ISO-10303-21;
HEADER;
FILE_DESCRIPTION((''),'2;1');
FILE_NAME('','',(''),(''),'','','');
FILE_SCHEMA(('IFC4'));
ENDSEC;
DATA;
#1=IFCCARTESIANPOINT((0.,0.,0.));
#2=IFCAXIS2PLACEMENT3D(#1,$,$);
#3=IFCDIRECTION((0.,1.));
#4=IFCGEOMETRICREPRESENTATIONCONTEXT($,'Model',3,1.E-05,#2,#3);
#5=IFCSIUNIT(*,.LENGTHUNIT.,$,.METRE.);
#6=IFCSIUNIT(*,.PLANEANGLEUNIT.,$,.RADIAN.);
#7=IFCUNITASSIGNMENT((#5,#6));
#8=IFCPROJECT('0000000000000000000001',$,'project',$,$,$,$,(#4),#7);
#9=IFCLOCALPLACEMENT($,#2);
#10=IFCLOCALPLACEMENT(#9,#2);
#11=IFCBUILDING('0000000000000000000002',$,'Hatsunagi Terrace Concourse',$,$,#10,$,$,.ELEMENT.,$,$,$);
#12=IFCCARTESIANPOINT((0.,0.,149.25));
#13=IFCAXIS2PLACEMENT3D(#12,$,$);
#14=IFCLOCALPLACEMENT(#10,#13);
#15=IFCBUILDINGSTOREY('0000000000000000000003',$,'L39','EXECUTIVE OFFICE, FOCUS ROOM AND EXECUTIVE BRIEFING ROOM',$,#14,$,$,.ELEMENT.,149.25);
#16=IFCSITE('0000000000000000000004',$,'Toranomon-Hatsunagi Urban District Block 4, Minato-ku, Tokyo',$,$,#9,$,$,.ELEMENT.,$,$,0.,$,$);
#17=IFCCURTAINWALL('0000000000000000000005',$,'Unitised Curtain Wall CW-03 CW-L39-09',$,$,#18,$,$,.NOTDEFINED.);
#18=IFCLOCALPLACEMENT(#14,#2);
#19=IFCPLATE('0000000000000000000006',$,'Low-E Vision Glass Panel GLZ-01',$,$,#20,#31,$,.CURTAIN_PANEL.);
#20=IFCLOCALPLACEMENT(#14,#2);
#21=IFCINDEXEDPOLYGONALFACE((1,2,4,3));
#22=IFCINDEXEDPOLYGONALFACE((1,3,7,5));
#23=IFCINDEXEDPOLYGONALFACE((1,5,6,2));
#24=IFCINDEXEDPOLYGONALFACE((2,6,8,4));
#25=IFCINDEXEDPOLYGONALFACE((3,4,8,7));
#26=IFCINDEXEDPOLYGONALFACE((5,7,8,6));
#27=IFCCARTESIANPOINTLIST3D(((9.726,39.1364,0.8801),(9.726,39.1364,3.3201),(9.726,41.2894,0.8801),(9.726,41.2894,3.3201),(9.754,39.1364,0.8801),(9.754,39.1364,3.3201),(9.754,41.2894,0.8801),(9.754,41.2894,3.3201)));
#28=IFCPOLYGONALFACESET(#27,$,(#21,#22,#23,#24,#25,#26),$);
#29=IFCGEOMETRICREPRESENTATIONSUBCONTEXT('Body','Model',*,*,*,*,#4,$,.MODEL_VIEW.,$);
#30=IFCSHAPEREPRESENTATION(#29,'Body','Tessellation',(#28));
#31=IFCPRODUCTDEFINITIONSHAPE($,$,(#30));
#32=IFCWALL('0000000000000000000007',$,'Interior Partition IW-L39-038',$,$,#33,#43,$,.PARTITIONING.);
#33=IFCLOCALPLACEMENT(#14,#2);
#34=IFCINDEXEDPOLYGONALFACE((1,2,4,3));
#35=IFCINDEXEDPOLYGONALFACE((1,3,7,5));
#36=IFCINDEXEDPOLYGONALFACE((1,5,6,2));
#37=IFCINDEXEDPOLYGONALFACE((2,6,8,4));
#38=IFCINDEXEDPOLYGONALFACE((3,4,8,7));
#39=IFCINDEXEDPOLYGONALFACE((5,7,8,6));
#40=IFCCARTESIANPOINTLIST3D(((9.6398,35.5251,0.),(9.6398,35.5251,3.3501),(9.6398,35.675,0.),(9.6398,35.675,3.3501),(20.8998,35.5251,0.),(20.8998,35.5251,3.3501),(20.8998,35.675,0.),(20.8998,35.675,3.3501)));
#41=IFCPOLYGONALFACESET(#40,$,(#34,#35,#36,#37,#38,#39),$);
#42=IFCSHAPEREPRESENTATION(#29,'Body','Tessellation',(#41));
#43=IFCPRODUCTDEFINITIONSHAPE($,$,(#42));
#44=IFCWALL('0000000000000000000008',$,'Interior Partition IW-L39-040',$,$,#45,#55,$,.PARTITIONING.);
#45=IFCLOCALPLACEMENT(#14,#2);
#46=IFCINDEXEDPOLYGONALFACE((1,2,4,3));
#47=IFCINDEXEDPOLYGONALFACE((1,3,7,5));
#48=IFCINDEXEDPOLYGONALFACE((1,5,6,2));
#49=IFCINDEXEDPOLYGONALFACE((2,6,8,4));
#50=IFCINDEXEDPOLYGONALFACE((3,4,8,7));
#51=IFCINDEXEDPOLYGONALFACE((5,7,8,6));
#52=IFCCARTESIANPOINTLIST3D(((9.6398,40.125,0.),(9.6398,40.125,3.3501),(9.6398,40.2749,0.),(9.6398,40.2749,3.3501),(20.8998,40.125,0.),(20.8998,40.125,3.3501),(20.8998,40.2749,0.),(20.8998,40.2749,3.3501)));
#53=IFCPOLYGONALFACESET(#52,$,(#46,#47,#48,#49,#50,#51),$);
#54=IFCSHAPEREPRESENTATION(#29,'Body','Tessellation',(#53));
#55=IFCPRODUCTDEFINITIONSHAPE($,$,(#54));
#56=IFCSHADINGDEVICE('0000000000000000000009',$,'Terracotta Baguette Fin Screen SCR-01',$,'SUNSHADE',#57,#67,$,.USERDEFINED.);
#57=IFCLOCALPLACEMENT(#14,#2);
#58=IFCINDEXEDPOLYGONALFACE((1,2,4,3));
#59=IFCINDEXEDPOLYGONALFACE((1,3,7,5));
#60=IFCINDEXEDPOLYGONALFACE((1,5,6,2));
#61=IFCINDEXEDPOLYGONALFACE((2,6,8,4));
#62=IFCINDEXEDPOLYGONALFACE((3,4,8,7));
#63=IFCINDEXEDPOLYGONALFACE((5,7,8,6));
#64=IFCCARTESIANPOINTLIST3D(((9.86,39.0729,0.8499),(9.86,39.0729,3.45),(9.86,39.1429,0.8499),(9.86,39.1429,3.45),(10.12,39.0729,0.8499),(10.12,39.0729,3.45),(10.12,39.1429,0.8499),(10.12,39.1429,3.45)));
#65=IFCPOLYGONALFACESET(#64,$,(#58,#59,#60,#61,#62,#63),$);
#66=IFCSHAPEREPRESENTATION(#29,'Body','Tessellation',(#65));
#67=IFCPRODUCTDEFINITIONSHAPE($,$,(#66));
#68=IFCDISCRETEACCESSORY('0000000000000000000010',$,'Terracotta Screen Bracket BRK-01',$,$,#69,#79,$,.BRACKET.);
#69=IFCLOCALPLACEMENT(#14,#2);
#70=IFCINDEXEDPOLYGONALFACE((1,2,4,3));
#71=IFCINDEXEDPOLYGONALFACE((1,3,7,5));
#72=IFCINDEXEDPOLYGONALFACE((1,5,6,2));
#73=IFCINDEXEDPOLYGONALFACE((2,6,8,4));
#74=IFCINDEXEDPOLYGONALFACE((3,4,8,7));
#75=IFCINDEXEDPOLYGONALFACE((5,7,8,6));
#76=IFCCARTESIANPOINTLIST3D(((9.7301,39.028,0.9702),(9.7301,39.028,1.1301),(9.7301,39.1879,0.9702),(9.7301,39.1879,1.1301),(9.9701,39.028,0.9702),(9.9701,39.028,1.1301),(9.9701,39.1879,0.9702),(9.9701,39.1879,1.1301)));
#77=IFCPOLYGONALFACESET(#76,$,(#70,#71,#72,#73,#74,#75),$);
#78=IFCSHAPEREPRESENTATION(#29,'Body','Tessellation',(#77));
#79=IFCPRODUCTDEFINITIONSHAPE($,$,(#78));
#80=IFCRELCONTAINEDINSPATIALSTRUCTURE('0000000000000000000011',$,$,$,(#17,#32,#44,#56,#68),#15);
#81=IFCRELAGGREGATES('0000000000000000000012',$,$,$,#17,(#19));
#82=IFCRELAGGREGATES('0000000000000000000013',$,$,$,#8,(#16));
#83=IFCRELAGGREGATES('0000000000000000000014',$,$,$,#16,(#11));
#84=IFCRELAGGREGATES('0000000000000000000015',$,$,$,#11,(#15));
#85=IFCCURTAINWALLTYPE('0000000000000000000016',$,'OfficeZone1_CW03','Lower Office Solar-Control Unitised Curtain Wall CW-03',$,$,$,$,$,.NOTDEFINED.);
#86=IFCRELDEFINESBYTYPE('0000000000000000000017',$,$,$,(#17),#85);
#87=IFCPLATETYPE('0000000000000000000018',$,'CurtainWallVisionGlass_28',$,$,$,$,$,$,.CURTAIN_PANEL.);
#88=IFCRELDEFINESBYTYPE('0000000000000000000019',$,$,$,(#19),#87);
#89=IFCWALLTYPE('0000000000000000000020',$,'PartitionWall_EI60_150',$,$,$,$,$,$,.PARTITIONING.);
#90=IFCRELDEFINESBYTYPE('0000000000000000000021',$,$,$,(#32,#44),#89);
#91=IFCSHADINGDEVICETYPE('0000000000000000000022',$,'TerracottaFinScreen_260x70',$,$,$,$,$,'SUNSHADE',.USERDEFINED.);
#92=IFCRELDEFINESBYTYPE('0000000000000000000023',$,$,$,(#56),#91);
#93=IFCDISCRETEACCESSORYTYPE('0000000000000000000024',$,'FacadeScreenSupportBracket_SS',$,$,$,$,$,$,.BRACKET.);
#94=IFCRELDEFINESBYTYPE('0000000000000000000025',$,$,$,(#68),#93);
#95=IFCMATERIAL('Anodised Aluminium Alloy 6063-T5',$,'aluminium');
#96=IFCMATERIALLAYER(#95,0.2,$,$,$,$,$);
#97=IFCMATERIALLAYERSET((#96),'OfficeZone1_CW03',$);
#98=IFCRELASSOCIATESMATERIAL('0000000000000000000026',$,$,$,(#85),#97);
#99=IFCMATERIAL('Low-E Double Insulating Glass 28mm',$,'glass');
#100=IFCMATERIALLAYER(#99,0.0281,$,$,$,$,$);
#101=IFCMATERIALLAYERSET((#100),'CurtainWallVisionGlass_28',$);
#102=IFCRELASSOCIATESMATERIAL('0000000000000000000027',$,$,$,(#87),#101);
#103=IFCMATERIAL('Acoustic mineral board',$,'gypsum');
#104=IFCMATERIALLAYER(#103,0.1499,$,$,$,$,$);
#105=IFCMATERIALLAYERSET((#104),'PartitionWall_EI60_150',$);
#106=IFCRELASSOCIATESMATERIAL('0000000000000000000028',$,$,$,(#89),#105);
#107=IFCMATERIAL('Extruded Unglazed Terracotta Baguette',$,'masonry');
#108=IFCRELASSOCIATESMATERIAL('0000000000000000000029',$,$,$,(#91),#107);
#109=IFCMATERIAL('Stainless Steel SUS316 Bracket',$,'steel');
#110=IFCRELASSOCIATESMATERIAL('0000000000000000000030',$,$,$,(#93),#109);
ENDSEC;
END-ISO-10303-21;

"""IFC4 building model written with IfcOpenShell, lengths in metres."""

from ifc_helpers import new_model, si_unit, direction, frame, frame_2d, origin, origin_2d, place, context, subcontext, project, spatial, rectangle, extrude, material, layer, layer_set, type_object, element, aggregate, save


model = new_model("IFC4")

# Units and contexts
model_context = context("Model", 3, precision=1e-05, world=origin(), true_north=direction((0.0, 1.0)))
body_context = subcontext(model_context, "Body", "Model", "MODEL_VIEW")
ifc_project = project(units=[si_unit("LENGTHUNIT", "METRE"), si_unit("PLANEANGLEUNIT", "RADIAN")], contexts=[model_context])

# Site, building, storey
site_placement = place(None, origin())
site = spatial("IfcSite", under=ifc_project, at=site_placement, Name="Toranomon-Hatsunagi Urban District Block 4, Minato-ku, Tokyo", CompositionType="ELEMENT", RefElevation=0.0)
building_placement = place(site_placement, origin())
building = spatial("IfcBuilding", under=site, at=building_placement, Name="Hatsunagi Terrace Concourse", CompositionType="ELEMENT")
storey_placement = place(building_placement, frame((0.0, 0.0, 149.25)))
storey = spatial("IfcBuildingStorey", under=building, at=storey_placement, Name="L39", Description="EXECUTIVE OFFICE, FOCUS ROOM AND EXECUTIVE BRIEFING ROOM", CompositionType="ELEMENT", Elevation=149.25)

# Curtain wall
ifc_material_1 = material(Name="Anodised Aluminium Alloy 6063-T5", Category="aluminium")
ifc_layer_1 = layer(ifc_material_1, 0.2)
ifc_layer_set_1 = layer_set([ifc_layer_1], Name="OfficeZone1_CW03")
curtain_wall_type = type_object("IfcCurtainWallType", Name="OfficeZone1_CW03", Description="Lower Office Solar-Control Unitised Curtain Wall CW-03", PredefinedType="NOTDEFINED", material=ifc_layer_set_1)
curtain_wall_placement = place(storey_placement, origin())
curtain_wall = element("IfcCurtainWall", 1, at=curtain_wall_placement, inside=storey, type_object=curtain_wall_type, Name="Unitised Curtain Wall CW-03 CW-L39-09", PredefinedType="NOTDEFINED")

# Plate
ifc_material_2 = material(Name="Low-E Double Insulating Glass 28mm", Category="glass")
ifc_layer_2 = layer(ifc_material_2, 0.0281)
ifc_layer_set_2 = layer_set([ifc_layer_2], Name="CurtainWallVisionGlass_28")
plate_type_1 = type_object("IfcPlateType", Name="CurtainWallVisionGlass_28", PredefinedType="CURTAIN_PANEL", material=ifc_layer_set_2)
plate_1_placement = place(storey_placement, frame((9.74, 40.2129, 0.8801), z_axis=(0.0, 0.0, 1.0), x_axis=(0.0, 1.0, 0.0)))
plate_1 = element("IfcPlate", 2, at=plate_1_placement, type_object=plate_type_1, Name="Low-E Vision Glass Panel GLZ-01", PredefinedType="CURTAIN_PANEL", context=body_context, shape_type="SweptSolid", body=[
    extrude(rectangle(XDim=2.1531, YDim=0.0281, at=origin_2d()), origin(), (0.0, 0.0, 1.0), 2.4399),
])
aggregate(curtain_wall, [plate_1])

# Walls
ifc_material_3 = material(Name="Acoustic mineral board", Category="gypsum")
ifc_layer_3 = layer(ifc_material_3, 0.1499)
ifc_layer_set_3 = layer_set([ifc_layer_3], Name="PartitionWall_EI60_150")
wall_type = type_object("IfcWallType", Name="PartitionWall_EI60_150", PredefinedType="PARTITIONING", material=ifc_layer_set_3)
for number, where, z_axis, x_axis, name in (
    (3, (9.6399, 35.6001, 0.0), (0.0, 0.0, 1.0), (1.0, 0.0, 0.0), "Interior Partition IW-L39-038"),
    (4, (9.6399, 40.2, 0.0), (0.0, 0.0, 1.0), (1.0, 0.0, 0.0), "Interior Partition IW-L39-040"),
):
    element("IfcWall", number, at=place(storey_placement, frame(where, z_axis=z_axis, x_axis=x_axis)), inside=storey, type_object=wall_type, Name=name, PredefinedType="PARTITIONING", context=body_context, shape_type="SweptSolid", body=[
        extrude(rectangle(XDim=11.26, YDim=0.1499, at=frame_2d((5.6299, 0.0))), origin(), (0.0, 0.0, 1.0), 3.3501),
    ])

# Shading device
ifc_material_4 = material(Name="Extruded Unglazed Terracotta Baguette", Category="masonry")
shading_device_type = type_object("IfcShadingDeviceType", Name="TerracottaFinScreen_260x70", ElementType="SUNSHADE", PredefinedType="USERDEFINED", material=ifc_material_4)
shading_device_placement = place(storey_placement, frame((9.99, 39.1079, 0.8499), z_axis=(0.0, 0.0, 1.0), x_axis=(0.0, 1.0, 0.0)))
element("IfcShadingDevice", 5, at=shading_device_placement, inside=storey, type_object=shading_device_type, Name="Terracotta Baguette Fin Screen SCR-01", ObjectType="SUNSHADE", PredefinedType="USERDEFINED", context=body_context, shape_type="SweptSolid", body=[
    extrude(rectangle(XDim=0.0701, YDim=0.26, at=origin_2d()), origin(), (0.0, 0.0, 1.0), 2.6001),
])

# Discrete accessory
ifc_material_5 = material(Name="Stainless Steel SUS316 Bracket", Category="steel")
discrete_accessory_type = type_object("IfcDiscreteAccessoryType", Name="FacadeScreenSupportBracket_SS", PredefinedType="BRACKET", material=ifc_material_5)
discrete_accessory_placement = place(storey_placement, frame((9.8501, 39.1079, 0.9702), z_axis=(0.0, 0.0, 1.0), x_axis=(0.0, 1.0, 0.0)))
element("IfcDiscreteAccessory", 6, at=discrete_accessory_placement, inside=storey, type_object=discrete_accessory_type, Name="Terracotta Screen Bracket BRK-01", PredefinedType="BRACKET", context=body_context, shape_type="SweptSolid", body=[
    extrude(rectangle(XDim=0.1599, YDim=0.24, at=origin_2d()), origin(), (0.0, 0.0, 1.0), 0.1599),
])

save(model, "model.ifc")
